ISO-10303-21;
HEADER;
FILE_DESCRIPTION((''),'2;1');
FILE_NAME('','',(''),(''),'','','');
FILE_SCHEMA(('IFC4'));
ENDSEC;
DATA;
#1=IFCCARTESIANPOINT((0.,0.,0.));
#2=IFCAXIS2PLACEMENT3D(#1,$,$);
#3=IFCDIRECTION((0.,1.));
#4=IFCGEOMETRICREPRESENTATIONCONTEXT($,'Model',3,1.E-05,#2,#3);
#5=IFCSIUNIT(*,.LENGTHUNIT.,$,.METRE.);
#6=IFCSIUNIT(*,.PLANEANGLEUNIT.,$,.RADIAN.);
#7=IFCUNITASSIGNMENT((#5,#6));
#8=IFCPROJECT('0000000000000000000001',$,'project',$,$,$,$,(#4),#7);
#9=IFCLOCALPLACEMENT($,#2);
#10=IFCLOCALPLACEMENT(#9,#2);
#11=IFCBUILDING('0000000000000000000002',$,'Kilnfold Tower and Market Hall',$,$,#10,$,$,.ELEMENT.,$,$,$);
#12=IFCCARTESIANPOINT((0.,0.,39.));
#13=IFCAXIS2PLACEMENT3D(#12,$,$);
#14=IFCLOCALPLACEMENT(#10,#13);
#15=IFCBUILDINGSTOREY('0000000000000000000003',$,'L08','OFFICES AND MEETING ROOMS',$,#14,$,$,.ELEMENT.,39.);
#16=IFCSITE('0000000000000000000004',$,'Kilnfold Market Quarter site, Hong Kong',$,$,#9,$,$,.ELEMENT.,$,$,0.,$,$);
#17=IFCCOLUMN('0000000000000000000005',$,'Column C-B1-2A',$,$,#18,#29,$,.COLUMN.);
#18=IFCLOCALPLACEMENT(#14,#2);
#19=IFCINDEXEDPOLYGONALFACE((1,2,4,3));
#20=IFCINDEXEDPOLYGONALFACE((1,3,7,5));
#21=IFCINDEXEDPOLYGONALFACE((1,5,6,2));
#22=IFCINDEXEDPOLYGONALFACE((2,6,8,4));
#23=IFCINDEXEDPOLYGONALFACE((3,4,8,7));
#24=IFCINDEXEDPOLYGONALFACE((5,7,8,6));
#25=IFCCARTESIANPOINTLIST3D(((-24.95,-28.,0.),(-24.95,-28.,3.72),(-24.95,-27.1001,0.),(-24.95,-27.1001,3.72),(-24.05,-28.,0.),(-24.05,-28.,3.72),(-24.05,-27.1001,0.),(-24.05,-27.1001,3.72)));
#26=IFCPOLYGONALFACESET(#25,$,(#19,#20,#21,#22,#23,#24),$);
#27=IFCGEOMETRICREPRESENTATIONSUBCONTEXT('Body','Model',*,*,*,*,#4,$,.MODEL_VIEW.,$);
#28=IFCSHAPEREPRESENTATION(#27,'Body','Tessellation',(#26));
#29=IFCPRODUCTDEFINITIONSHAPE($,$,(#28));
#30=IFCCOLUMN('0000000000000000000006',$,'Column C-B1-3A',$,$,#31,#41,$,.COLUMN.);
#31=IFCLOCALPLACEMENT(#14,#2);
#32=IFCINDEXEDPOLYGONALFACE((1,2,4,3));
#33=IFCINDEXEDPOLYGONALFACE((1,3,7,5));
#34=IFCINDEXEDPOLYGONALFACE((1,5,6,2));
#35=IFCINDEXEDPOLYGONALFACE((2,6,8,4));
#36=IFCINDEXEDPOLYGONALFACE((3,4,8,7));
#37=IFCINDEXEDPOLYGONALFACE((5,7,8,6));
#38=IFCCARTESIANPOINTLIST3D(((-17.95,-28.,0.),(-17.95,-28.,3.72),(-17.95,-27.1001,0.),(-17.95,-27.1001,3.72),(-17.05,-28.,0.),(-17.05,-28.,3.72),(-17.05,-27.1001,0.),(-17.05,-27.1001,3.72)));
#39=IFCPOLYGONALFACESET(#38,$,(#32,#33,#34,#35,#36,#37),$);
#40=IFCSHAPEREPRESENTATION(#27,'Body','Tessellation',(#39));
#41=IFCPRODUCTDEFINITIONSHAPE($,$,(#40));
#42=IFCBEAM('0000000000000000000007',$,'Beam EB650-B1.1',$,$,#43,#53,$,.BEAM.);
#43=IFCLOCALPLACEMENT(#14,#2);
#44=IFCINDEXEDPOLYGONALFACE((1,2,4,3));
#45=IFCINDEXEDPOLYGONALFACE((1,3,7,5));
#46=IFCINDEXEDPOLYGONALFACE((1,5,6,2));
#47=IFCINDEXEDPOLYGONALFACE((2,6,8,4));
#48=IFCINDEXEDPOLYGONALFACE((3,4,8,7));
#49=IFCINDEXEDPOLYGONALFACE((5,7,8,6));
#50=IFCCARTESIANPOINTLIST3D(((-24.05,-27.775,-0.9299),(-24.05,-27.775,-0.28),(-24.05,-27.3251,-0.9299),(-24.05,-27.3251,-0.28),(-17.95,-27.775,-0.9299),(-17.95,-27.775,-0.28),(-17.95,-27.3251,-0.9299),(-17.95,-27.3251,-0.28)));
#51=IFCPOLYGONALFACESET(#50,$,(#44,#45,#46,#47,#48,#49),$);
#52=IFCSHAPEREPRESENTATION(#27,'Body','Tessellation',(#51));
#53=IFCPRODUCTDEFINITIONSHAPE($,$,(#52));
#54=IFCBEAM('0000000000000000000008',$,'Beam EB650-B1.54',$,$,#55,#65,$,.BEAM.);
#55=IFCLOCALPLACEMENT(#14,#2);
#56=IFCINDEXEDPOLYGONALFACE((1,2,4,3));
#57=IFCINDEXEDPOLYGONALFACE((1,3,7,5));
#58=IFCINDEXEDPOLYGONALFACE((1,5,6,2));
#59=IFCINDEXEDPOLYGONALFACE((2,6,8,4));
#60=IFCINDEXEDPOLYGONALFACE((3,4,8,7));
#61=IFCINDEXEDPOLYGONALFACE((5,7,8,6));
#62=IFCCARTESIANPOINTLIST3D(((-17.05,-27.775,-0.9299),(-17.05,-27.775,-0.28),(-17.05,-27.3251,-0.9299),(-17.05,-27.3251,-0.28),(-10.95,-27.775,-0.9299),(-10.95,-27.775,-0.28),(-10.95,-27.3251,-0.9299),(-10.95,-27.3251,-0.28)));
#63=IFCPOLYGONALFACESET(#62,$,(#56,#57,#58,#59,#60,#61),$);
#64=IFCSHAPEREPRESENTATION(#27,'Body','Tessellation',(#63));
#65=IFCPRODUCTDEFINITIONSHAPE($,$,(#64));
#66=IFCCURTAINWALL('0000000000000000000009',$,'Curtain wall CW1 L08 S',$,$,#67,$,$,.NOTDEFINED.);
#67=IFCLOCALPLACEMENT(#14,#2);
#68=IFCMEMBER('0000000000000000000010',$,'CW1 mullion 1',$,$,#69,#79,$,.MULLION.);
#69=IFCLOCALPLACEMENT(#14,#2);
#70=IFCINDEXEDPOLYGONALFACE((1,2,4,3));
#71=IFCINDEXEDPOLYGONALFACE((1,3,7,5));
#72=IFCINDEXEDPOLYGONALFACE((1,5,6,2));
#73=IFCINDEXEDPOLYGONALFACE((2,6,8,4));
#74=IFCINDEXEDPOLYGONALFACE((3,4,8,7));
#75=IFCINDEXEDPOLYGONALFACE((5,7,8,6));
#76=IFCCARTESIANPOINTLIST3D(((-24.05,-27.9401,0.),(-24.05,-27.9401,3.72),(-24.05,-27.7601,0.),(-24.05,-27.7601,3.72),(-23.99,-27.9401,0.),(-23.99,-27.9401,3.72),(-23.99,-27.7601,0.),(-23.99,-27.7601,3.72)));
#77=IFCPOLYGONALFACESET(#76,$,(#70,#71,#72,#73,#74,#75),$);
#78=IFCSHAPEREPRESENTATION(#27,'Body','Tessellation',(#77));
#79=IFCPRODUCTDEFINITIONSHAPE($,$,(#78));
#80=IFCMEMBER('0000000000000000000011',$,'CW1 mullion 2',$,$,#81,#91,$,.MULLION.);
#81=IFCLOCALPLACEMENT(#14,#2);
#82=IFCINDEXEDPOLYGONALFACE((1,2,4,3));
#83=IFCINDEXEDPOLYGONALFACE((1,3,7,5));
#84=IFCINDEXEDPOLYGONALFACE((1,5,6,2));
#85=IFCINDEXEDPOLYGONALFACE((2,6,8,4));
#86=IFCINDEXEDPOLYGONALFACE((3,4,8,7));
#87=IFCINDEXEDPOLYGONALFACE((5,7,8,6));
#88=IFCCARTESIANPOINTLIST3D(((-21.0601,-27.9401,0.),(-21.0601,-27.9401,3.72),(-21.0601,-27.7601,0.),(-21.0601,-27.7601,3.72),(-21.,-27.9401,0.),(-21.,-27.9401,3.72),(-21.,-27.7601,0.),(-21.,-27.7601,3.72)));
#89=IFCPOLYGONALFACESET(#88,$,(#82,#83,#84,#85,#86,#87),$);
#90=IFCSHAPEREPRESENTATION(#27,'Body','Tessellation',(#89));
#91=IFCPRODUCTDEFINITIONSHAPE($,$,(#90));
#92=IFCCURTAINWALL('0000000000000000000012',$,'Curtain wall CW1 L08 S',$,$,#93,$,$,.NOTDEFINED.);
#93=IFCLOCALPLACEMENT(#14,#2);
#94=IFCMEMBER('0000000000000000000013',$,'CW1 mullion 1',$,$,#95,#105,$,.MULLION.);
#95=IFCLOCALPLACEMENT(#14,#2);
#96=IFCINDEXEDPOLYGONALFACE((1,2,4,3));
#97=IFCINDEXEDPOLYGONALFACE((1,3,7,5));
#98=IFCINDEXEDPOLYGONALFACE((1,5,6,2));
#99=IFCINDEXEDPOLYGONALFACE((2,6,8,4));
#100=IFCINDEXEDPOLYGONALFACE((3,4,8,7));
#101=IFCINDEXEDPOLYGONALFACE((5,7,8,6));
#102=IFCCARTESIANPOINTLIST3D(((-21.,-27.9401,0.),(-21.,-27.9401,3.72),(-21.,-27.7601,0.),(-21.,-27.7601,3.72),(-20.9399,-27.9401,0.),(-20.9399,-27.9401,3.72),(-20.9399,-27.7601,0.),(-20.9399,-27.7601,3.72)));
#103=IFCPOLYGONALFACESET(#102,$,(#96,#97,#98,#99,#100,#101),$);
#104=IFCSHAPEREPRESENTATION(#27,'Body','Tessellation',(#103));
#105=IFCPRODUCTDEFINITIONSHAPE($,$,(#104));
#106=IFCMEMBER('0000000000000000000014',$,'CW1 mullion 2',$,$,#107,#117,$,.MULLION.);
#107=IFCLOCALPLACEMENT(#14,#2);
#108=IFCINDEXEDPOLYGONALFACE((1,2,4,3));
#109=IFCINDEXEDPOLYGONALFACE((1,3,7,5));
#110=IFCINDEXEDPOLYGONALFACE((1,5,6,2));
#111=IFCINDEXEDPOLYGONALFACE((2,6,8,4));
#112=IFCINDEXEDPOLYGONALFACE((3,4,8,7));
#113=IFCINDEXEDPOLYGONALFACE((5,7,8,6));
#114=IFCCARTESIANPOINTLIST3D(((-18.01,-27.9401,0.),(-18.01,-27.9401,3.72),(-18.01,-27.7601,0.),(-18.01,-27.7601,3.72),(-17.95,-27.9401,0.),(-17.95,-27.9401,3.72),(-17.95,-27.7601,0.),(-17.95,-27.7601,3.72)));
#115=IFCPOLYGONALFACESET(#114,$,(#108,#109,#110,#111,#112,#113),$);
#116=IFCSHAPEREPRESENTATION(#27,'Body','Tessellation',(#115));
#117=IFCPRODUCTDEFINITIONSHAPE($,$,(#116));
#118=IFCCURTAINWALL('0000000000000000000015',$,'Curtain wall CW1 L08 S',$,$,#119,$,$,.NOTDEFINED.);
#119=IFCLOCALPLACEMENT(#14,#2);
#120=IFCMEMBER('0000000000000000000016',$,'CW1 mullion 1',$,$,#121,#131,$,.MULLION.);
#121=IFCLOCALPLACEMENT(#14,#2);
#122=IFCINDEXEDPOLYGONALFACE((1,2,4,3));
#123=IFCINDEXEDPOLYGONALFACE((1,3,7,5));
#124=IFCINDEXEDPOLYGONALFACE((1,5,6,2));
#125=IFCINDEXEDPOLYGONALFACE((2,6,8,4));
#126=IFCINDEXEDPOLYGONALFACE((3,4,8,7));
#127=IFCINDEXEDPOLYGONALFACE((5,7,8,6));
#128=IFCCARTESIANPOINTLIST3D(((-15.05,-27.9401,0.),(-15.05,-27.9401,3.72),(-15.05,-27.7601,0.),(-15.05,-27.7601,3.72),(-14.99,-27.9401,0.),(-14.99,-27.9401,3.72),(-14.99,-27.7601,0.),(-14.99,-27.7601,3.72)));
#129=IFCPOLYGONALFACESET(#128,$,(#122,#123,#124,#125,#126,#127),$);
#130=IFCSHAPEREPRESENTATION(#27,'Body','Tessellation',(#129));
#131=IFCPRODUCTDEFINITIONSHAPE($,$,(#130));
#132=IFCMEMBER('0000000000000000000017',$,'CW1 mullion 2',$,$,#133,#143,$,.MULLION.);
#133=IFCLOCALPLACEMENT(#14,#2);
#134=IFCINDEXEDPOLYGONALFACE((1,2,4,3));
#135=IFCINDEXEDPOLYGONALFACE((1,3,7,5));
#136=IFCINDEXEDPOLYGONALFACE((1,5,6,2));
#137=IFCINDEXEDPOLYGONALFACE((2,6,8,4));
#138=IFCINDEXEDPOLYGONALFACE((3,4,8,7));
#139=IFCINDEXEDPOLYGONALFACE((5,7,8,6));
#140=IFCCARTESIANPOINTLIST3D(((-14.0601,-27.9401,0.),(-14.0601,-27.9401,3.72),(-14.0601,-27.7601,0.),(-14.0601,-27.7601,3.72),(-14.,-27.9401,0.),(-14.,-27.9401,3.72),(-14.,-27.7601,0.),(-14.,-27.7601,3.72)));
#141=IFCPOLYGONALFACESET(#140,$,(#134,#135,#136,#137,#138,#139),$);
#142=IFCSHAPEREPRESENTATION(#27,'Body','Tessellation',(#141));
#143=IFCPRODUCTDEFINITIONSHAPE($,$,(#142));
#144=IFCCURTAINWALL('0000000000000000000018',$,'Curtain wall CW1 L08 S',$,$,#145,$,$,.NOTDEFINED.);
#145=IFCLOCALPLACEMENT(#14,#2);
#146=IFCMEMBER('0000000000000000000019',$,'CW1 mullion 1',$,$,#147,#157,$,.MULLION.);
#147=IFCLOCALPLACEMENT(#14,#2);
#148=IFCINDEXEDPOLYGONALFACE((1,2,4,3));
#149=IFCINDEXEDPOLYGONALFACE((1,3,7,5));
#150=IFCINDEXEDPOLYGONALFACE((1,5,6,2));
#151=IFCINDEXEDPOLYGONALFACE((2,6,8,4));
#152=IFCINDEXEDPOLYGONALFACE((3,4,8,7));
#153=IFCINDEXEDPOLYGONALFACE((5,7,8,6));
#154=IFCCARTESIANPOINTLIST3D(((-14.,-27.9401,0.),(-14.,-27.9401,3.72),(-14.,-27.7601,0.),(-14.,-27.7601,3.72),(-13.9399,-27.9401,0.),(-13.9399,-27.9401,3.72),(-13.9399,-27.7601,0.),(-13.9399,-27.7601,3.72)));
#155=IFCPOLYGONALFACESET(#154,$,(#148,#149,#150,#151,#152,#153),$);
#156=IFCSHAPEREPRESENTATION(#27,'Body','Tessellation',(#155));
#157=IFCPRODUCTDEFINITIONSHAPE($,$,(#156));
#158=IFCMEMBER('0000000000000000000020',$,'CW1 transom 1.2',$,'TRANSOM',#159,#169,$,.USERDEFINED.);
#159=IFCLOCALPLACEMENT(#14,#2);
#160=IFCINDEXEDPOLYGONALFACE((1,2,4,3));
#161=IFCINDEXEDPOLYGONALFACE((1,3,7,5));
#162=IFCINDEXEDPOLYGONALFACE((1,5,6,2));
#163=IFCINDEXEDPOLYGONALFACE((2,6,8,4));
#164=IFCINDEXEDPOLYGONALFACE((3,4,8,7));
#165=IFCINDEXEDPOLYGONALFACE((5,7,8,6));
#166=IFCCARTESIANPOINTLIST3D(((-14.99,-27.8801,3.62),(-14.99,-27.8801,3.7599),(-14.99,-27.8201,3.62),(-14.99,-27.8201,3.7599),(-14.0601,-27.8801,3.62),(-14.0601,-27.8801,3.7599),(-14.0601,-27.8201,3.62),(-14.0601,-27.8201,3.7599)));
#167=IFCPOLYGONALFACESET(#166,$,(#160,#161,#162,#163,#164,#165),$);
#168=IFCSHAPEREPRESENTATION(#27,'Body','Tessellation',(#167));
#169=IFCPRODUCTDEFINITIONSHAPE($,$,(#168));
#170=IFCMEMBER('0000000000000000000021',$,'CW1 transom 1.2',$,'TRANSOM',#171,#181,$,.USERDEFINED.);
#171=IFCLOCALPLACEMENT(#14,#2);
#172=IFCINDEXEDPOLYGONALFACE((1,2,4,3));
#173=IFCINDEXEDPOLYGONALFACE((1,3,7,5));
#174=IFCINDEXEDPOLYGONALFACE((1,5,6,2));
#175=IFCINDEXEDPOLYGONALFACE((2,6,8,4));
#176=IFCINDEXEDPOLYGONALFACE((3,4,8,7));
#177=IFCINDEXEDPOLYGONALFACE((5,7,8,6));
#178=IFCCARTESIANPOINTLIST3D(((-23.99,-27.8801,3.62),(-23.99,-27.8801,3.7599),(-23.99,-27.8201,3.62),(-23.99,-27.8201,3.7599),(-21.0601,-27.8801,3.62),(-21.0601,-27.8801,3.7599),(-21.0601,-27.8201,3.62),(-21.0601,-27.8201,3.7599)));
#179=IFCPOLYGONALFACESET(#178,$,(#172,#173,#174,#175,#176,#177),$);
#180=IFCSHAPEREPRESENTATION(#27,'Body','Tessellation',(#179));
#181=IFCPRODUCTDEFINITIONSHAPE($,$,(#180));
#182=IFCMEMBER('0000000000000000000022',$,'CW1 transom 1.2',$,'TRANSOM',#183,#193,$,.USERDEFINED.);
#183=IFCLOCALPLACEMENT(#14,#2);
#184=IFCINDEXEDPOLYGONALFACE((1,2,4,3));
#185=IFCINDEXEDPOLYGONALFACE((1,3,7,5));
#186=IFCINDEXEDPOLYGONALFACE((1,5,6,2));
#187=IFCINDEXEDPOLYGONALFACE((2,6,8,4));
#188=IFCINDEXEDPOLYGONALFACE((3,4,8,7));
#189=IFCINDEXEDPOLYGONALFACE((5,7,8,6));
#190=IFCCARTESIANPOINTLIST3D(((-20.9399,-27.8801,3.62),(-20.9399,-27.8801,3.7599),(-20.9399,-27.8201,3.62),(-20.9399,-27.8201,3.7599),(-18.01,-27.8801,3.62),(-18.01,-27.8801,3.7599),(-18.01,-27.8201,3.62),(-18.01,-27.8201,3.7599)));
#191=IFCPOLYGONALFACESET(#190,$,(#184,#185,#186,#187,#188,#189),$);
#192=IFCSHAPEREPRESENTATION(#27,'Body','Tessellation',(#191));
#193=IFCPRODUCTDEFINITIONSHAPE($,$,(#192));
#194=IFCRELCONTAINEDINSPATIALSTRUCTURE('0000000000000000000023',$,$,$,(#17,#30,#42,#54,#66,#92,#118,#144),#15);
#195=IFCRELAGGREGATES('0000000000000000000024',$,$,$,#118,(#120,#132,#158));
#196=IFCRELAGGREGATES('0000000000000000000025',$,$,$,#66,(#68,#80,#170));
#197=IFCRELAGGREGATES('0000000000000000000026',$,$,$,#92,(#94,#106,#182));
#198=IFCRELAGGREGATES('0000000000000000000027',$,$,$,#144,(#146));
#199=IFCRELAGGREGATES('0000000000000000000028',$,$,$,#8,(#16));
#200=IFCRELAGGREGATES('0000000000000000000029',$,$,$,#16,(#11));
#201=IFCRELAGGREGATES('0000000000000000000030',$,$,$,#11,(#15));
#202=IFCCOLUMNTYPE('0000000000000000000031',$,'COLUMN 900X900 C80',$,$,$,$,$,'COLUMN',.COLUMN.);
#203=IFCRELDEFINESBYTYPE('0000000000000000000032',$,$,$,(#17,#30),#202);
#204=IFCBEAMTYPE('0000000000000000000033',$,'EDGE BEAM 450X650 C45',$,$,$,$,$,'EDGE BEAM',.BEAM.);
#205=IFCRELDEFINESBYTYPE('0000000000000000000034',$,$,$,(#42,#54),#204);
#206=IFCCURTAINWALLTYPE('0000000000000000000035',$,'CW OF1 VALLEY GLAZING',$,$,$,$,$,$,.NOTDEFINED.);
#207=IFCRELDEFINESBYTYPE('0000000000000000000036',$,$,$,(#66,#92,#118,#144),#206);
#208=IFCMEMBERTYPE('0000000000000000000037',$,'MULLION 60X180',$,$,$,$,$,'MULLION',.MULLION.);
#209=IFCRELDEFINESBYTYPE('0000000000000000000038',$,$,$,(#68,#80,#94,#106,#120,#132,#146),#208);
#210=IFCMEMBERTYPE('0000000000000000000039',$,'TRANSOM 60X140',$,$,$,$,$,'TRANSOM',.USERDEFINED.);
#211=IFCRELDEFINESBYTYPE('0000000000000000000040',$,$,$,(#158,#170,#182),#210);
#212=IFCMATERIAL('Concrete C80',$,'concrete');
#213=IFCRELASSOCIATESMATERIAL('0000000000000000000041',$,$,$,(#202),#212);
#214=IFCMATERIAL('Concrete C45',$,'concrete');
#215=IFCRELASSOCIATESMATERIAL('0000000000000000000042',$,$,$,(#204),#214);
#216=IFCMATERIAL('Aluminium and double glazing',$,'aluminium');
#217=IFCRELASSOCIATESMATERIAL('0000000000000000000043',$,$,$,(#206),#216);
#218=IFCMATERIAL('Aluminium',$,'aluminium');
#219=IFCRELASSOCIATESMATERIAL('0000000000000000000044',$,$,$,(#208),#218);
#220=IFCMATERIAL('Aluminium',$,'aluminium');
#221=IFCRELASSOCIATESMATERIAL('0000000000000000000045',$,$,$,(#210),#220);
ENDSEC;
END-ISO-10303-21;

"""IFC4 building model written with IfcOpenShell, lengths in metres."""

from ifc_helpers import new_model, si_unit, direction, frame, origin, origin_2d, place, context, subcontext, project, spatial, rectangle, extrude, source, transform, mapped, material, material_profile, profile_set, type_object, element, aggregate, save


model = new_model("IFC4")

# Units and contexts
model_context = context("Model", 3, precision=1e-05, world=origin(), true_north=direction((0.0, 1.0)))
body_context = subcontext(model_context, "Body", "Model", "MODEL_VIEW")
ifc_project = project(units=[si_unit("LENGTHUNIT", "METRE"), si_unit("PLANEANGLEUNIT", "RADIAN")], contexts=[model_context])

# Site, building, storey
site_placement = place(None, origin())
site = spatial("IfcSite", under=ifc_project, at=site_placement, Name="Kilnfold Market Quarter site, Hong Kong", CompositionType="ELEMENT", RefElevation=0.0)
building_placement = place(site_placement, origin())
building = spatial("IfcBuilding", under=site, at=building_placement, Name="Kilnfold Tower and Market Hall", CompositionType="ELEMENT")
storey_placement = place(building_placement, frame((0.0, 0.0, 39.0)))
storey = spatial("IfcBuildingStorey", under=building, at=storey_placement, Name="L08", Description="OFFICES AND MEETING ROOMS", CompositionType="ELEMENT", Elevation=39.0)

# Columns
ifc_material_1 = material(Name="Concrete C80", Category="concrete")
ifc_material_profile_1 = material_profile(ifc_material_1, rectangle(XDim=0.8999, YDim=0.8999, at=origin_2d()), Name="RC 900x900")
ifc_profile_set_1 = profile_set([ifc_material_profile_1], Name="Concrete C80")
column_type = type_object("IfcColumnType", Name="COLUMN 900X900 C80", ElementType="COLUMN", PredefinedType="COLUMN", material=ifc_profile_set_1)
shared_shape_1 = source(origin(), body_context, "Body", "SweptSolid", [
    extrude(rectangle(XDim=0.8999, YDim=0.8999, at=origin_2d()), origin(), (0.0, 0.0, 1.0), 3.72),
])
for number, where, z_axis, x_axis, name in (
    (1, (-24.5, -27.55, 0.0), (0.0, 0.0, 1.0), (1.0, 0.0, 0.0), "Column C-B1-2A"),
    (2, (-17.5, -27.55, 0.0), (0.0, 0.0, 1.0), (1.0, 0.0, 0.0), "Column C-B1-3A"),
):
    element("IfcColumn", number, at=place(storey_placement, frame(where, z_axis=z_axis, x_axis=x_axis)), inside=storey, type_object=column_type, Name=name, PredefinedType="COLUMN", context=body_context, shape_type="MappedRepresentation", body=[
        mapped(shared_shape_1, transform((0.0, 0.0, 0.0))),
    ])

# Beams
ifc_material_2 = material(Name="Concrete C45", Category="concrete")
ifc_material_profile_2 = material_profile(ifc_material_2, rectangle(XDim=0.45, YDim=0.6499, at=origin_2d()), Name="RC 450x650")
ifc_profile_set_2 = profile_set([ifc_material_profile_2], Name="Concrete C45")
beam_type = type_object("IfcBeamType", Name="EDGE BEAM 450X650 C45", ElementType="EDGE BEAM", PredefinedType="BEAM", material=ifc_profile_set_2)
shared_shape_2 = source(origin(), body_context, "Body", "SweptSolid", [
    extrude(rectangle(XDim=0.45, YDim=0.6499, at=origin_2d()), origin(), (0.0, 0.0, 1.0), 6.1001),
])
for number, where, z_axis, x_axis, name in (
    (3, (-24.05, -27.55, -0.605), (1.0, 0.0, 0.0), (0.0, 1.0, 0.0), "Beam EB650-B1.1"),
    (4, (-17.05, -27.55, -0.605), (1.0, 0.0, 0.0), (0.0, 1.0, 0.0), "Beam EB650-B1.54"),
):
    element("IfcBeam", number, at=place(storey_placement, frame(where, z_axis=z_axis, x_axis=x_axis)), inside=storey, type_object=beam_type, Name=name, PredefinedType="BEAM", context=body_context, shape_type="MappedRepresentation", body=[
        mapped(shared_shape_2, transform((0.0, 0.0, 0.0))),
    ])

# Curtain walls, members
ifc_material_3 = material(Name="Aluminium and double glazing", Category="aluminium")
curtain_wall_type = type_object("IfcCurtainWallType", Name="CW OF1 VALLEY GLAZING", PredefinedType="NOTDEFINED", material=ifc_material_3)
curtain_wall_1_placement = place(storey_placement, origin())
curtain_wall_1 = element("IfcCurtainWall", 5, at=curtain_wall_1_placement, inside=storey, type_object=curtain_wall_type, Name="Curtain wall CW1 L08 S", PredefinedType="NOTDEFINED")
ifc_material_4 = material(Name="Aluminium", Category="aluminium")
ifc_material_profile_3 = material_profile(ifc_material_4, rectangle(XDim=0.0601, YDim=0.1799, at=origin_2d()), Name="MULLION 60x180")
ifc_profile_set_3 = profile_set([ifc_material_profile_3], Name="Aluminium")
member_type_1 = type_object("IfcMemberType", Name="MULLION 60X180", ElementType="MULLION", PredefinedType="MULLION", material=ifc_profile_set_3)
shared_shape_3 = source(origin(), body_context, "Body", "SweptSolid", [
    extrude(rectangle(XDim=0.0601, YDim=0.1799, at=origin_2d()), origin(), (0.0, 0.0, 1.0), 3.72),
])
member_1_placement = place(storey_placement, frame((-24.02, -27.8501, 0.0), z_axis=(0.0, 0.0, 1.0), x_axis=(1.0, 0.0, 0.0)))
member_1 = element("IfcMember", 6, at=member_1_placement, type_object=member_type_1, Name="CW1 mullion 1", PredefinedType="MULLION", context=body_context, shape_type="MappedRepresentation", body=[
    mapped(shared_shape_3, transform((0.0, 0.0, 0.0))),
])
member_2_placement = place(storey_placement, frame((-21.03, -27.8501, 0.0), z_axis=(0.0, 0.0, 1.0), x_axis=(1.0, 0.0, 0.0)))
member_2 = element("IfcMember", 7, at=member_2_placement, type_object=member_type_1, Name="CW1 mullion 2", PredefinedType="MULLION", context=body_context, shape_type="MappedRepresentation", body=[
    mapped(shared_shape_3, transform((0.0, 0.0, 0.0))),
])
curtain_wall_2_placement = place(storey_placement, origin())
curtain_wall_2 = element("IfcCurtainWall", 8, at=curtain_wall_2_placement, inside=storey, type_object=curtain_wall_type, Name="Curtain wall CW1 L08 S", PredefinedType="NOTDEFINED")
member_3_placement = place(storey_placement, frame((-20.97, -27.8501, 0.0), z_axis=(0.0, 0.0, 1.0), x_axis=(1.0, 0.0, 0.0)))
member_3 = element("IfcMember", 9, at=member_3_placement, type_object=member_type_1, Name="CW1 mullion 1", PredefinedType="MULLION", context=body_context, shape_type="MappedRepresentation", body=[
    mapped(shared_shape_3, transform((0.0, 0.0, 0.0))),
])
member_4_placement = place(storey_placement, frame((-17.98, -27.8501, 0.0), z_axis=(0.0, 0.0, 1.0), x_axis=(1.0, 0.0, 0.0)))
member_4 = element("IfcMember", 10, at=member_4_placement, type_object=member_type_1, Name="CW1 mullion 2", PredefinedType="MULLION", context=body_context, shape_type="MappedRepresentation", body=[
    mapped(shared_shape_3, transform((0.0, 0.0, 0.0))),
])
curtain_wall_3_placement = place(storey_placement, origin())
curtain_wall_3 = element("IfcCurtainWall", 11, at=curtain_wall_3_placement, inside=storey, type_object=curtain_wall_type, Name="Curtain wall CW1 L08 S", PredefinedType="NOTDEFINED")
member_5_placement = place(storey_placement, frame((-15.02, -27.8501, 0.0), z_axis=(0.0, 0.0, 1.0), x_axis=(1.0, 0.0, 0.0)))
member_5 = element("IfcMember", 12, at=member_5_placement, type_object=member_type_1, Name="CW1 mullion 1", PredefinedType="MULLION", context=body_context, shape_type="MappedRepresentation", body=[
    mapped(shared_shape_3, transform((0.0, 0.0, 0.0))),
])
member_6_placement = place(storey_placement, frame((-14.03, -27.8501, 0.0), z_axis=(0.0, 0.0, 1.0), x_axis=(1.0, 0.0, 0.0)))
member_6 = element("IfcMember", 13, at=member_6_placement, type_object=member_type_1, Name="CW1 mullion 2", PredefinedType="MULLION", context=body_context, shape_type="MappedRepresentation", body=[
    mapped(shared_shape_3, transform((0.0, 0.0, 0.0))),
])

# Curtain wall, member
curtain_wall_4_placement = place(storey_placement, origin())
curtain_wall_4 = element("IfcCurtainWall", 14, at=curtain_wall_4_placement, inside=storey, type_object=curtain_wall_type, Name="Curtain wall CW1 L08 S", PredefinedType="NOTDEFINED")
member_7_placement = place(storey_placement, frame((-13.97, -27.8501, 0.0), z_axis=(0.0, 0.0, 1.0), x_axis=(1.0, 0.0, 0.0)))
member_7 = element("IfcMember", 15, at=member_7_placement, type_object=member_type_1, Name="CW1 mullion 1", PredefinedType="MULLION", context=body_context, shape_type="MappedRepresentation", body=[
    mapped(shared_shape_3, transform((0.0, 0.0, 0.0))),
])

# Members
ifc_material_5 = material(Name="Aluminium", Category="aluminium")
ifc_material_profile_4 = material_profile(ifc_material_5, rectangle(XDim=0.0601, YDim=0.1399, at=origin_2d()), Name="TRANSOM 60x140")
ifc_profile_set_4 = profile_set([ifc_material_profile_4], Name="Aluminium")
member_type_2 = type_object("IfcMemberType", Name="TRANSOM 60X140", ElementType="TRANSOM", PredefinedType="USERDEFINED", material=ifc_profile_set_4)
shared_shape_4 = source(origin(), body_context, "Body", "SweptSolid", [
    extrude(rectangle(XDim=0.0601, YDim=0.1399, at=origin_2d()), origin(), (0.0, 0.0, 1.0), 0.9299),
])
member_8_placement = place(storey_placement, frame((-14.99, -27.8501, 3.6899), z_axis=(1.0, 0.0, 0.0), x_axis=(0.0, 1.0, 0.0)))
member_8 = element("IfcMember", 16, at=member_8_placement, type_object=member_type_2, Name="CW1 transom 1.2", ObjectType="TRANSOM", PredefinedType="USERDEFINED", context=body_context, shape_type="MappedRepresentation", body=[
    mapped(shared_shape_4, transform((0.0, 0.0, 0.0))),
])
shared_shape_5 = source(origin(), body_context, "Body", "SweptSolid", [
    extrude(rectangle(XDim=0.0601, YDim=0.1399, at=origin_2d()), origin(), (0.0, 0.0, 1.0), 2.9299),
])
member_9_placement = place(storey_placement, frame((-23.99, -27.8501, 3.6899), z_axis=(1.0, 0.0, 0.0), x_axis=(0.0, 1.0, 0.0)))
member_9 = element("IfcMember", 17, at=member_9_placement, type_object=member_type_2, Name="CW1 transom 1.2", ObjectType="TRANSOM", PredefinedType="USERDEFINED", context=body_context, shape_type="MappedRepresentation", body=[
    mapped(shared_shape_5, transform((0.0, 0.0, 0.0))),
])
member_10_placement = place(storey_placement, frame((-20.9399, -27.8501, 3.6899), z_axis=(1.0, 0.0, 0.0), x_axis=(0.0, 1.0, 0.0)))
member_10 = element("IfcMember", 18, at=member_10_placement, type_object=member_type_2, Name="CW1 transom 1.2", ObjectType="TRANSOM", PredefinedType="USERDEFINED", context=body_context, shape_type="MappedRepresentation", body=[
    mapped(shared_shape_5, transform((0.0, 0.0, 0.0))),
])

aggregate(curtain_wall_3, [member_5, member_6, member_8])
aggregate(curtain_wall_1, [member_1, member_2, member_9])
aggregate(curtain_wall_2, [member_3, member_4, member_10])
aggregate(curtain_wall_4, [member_7])

save(model, "model.ifc")
